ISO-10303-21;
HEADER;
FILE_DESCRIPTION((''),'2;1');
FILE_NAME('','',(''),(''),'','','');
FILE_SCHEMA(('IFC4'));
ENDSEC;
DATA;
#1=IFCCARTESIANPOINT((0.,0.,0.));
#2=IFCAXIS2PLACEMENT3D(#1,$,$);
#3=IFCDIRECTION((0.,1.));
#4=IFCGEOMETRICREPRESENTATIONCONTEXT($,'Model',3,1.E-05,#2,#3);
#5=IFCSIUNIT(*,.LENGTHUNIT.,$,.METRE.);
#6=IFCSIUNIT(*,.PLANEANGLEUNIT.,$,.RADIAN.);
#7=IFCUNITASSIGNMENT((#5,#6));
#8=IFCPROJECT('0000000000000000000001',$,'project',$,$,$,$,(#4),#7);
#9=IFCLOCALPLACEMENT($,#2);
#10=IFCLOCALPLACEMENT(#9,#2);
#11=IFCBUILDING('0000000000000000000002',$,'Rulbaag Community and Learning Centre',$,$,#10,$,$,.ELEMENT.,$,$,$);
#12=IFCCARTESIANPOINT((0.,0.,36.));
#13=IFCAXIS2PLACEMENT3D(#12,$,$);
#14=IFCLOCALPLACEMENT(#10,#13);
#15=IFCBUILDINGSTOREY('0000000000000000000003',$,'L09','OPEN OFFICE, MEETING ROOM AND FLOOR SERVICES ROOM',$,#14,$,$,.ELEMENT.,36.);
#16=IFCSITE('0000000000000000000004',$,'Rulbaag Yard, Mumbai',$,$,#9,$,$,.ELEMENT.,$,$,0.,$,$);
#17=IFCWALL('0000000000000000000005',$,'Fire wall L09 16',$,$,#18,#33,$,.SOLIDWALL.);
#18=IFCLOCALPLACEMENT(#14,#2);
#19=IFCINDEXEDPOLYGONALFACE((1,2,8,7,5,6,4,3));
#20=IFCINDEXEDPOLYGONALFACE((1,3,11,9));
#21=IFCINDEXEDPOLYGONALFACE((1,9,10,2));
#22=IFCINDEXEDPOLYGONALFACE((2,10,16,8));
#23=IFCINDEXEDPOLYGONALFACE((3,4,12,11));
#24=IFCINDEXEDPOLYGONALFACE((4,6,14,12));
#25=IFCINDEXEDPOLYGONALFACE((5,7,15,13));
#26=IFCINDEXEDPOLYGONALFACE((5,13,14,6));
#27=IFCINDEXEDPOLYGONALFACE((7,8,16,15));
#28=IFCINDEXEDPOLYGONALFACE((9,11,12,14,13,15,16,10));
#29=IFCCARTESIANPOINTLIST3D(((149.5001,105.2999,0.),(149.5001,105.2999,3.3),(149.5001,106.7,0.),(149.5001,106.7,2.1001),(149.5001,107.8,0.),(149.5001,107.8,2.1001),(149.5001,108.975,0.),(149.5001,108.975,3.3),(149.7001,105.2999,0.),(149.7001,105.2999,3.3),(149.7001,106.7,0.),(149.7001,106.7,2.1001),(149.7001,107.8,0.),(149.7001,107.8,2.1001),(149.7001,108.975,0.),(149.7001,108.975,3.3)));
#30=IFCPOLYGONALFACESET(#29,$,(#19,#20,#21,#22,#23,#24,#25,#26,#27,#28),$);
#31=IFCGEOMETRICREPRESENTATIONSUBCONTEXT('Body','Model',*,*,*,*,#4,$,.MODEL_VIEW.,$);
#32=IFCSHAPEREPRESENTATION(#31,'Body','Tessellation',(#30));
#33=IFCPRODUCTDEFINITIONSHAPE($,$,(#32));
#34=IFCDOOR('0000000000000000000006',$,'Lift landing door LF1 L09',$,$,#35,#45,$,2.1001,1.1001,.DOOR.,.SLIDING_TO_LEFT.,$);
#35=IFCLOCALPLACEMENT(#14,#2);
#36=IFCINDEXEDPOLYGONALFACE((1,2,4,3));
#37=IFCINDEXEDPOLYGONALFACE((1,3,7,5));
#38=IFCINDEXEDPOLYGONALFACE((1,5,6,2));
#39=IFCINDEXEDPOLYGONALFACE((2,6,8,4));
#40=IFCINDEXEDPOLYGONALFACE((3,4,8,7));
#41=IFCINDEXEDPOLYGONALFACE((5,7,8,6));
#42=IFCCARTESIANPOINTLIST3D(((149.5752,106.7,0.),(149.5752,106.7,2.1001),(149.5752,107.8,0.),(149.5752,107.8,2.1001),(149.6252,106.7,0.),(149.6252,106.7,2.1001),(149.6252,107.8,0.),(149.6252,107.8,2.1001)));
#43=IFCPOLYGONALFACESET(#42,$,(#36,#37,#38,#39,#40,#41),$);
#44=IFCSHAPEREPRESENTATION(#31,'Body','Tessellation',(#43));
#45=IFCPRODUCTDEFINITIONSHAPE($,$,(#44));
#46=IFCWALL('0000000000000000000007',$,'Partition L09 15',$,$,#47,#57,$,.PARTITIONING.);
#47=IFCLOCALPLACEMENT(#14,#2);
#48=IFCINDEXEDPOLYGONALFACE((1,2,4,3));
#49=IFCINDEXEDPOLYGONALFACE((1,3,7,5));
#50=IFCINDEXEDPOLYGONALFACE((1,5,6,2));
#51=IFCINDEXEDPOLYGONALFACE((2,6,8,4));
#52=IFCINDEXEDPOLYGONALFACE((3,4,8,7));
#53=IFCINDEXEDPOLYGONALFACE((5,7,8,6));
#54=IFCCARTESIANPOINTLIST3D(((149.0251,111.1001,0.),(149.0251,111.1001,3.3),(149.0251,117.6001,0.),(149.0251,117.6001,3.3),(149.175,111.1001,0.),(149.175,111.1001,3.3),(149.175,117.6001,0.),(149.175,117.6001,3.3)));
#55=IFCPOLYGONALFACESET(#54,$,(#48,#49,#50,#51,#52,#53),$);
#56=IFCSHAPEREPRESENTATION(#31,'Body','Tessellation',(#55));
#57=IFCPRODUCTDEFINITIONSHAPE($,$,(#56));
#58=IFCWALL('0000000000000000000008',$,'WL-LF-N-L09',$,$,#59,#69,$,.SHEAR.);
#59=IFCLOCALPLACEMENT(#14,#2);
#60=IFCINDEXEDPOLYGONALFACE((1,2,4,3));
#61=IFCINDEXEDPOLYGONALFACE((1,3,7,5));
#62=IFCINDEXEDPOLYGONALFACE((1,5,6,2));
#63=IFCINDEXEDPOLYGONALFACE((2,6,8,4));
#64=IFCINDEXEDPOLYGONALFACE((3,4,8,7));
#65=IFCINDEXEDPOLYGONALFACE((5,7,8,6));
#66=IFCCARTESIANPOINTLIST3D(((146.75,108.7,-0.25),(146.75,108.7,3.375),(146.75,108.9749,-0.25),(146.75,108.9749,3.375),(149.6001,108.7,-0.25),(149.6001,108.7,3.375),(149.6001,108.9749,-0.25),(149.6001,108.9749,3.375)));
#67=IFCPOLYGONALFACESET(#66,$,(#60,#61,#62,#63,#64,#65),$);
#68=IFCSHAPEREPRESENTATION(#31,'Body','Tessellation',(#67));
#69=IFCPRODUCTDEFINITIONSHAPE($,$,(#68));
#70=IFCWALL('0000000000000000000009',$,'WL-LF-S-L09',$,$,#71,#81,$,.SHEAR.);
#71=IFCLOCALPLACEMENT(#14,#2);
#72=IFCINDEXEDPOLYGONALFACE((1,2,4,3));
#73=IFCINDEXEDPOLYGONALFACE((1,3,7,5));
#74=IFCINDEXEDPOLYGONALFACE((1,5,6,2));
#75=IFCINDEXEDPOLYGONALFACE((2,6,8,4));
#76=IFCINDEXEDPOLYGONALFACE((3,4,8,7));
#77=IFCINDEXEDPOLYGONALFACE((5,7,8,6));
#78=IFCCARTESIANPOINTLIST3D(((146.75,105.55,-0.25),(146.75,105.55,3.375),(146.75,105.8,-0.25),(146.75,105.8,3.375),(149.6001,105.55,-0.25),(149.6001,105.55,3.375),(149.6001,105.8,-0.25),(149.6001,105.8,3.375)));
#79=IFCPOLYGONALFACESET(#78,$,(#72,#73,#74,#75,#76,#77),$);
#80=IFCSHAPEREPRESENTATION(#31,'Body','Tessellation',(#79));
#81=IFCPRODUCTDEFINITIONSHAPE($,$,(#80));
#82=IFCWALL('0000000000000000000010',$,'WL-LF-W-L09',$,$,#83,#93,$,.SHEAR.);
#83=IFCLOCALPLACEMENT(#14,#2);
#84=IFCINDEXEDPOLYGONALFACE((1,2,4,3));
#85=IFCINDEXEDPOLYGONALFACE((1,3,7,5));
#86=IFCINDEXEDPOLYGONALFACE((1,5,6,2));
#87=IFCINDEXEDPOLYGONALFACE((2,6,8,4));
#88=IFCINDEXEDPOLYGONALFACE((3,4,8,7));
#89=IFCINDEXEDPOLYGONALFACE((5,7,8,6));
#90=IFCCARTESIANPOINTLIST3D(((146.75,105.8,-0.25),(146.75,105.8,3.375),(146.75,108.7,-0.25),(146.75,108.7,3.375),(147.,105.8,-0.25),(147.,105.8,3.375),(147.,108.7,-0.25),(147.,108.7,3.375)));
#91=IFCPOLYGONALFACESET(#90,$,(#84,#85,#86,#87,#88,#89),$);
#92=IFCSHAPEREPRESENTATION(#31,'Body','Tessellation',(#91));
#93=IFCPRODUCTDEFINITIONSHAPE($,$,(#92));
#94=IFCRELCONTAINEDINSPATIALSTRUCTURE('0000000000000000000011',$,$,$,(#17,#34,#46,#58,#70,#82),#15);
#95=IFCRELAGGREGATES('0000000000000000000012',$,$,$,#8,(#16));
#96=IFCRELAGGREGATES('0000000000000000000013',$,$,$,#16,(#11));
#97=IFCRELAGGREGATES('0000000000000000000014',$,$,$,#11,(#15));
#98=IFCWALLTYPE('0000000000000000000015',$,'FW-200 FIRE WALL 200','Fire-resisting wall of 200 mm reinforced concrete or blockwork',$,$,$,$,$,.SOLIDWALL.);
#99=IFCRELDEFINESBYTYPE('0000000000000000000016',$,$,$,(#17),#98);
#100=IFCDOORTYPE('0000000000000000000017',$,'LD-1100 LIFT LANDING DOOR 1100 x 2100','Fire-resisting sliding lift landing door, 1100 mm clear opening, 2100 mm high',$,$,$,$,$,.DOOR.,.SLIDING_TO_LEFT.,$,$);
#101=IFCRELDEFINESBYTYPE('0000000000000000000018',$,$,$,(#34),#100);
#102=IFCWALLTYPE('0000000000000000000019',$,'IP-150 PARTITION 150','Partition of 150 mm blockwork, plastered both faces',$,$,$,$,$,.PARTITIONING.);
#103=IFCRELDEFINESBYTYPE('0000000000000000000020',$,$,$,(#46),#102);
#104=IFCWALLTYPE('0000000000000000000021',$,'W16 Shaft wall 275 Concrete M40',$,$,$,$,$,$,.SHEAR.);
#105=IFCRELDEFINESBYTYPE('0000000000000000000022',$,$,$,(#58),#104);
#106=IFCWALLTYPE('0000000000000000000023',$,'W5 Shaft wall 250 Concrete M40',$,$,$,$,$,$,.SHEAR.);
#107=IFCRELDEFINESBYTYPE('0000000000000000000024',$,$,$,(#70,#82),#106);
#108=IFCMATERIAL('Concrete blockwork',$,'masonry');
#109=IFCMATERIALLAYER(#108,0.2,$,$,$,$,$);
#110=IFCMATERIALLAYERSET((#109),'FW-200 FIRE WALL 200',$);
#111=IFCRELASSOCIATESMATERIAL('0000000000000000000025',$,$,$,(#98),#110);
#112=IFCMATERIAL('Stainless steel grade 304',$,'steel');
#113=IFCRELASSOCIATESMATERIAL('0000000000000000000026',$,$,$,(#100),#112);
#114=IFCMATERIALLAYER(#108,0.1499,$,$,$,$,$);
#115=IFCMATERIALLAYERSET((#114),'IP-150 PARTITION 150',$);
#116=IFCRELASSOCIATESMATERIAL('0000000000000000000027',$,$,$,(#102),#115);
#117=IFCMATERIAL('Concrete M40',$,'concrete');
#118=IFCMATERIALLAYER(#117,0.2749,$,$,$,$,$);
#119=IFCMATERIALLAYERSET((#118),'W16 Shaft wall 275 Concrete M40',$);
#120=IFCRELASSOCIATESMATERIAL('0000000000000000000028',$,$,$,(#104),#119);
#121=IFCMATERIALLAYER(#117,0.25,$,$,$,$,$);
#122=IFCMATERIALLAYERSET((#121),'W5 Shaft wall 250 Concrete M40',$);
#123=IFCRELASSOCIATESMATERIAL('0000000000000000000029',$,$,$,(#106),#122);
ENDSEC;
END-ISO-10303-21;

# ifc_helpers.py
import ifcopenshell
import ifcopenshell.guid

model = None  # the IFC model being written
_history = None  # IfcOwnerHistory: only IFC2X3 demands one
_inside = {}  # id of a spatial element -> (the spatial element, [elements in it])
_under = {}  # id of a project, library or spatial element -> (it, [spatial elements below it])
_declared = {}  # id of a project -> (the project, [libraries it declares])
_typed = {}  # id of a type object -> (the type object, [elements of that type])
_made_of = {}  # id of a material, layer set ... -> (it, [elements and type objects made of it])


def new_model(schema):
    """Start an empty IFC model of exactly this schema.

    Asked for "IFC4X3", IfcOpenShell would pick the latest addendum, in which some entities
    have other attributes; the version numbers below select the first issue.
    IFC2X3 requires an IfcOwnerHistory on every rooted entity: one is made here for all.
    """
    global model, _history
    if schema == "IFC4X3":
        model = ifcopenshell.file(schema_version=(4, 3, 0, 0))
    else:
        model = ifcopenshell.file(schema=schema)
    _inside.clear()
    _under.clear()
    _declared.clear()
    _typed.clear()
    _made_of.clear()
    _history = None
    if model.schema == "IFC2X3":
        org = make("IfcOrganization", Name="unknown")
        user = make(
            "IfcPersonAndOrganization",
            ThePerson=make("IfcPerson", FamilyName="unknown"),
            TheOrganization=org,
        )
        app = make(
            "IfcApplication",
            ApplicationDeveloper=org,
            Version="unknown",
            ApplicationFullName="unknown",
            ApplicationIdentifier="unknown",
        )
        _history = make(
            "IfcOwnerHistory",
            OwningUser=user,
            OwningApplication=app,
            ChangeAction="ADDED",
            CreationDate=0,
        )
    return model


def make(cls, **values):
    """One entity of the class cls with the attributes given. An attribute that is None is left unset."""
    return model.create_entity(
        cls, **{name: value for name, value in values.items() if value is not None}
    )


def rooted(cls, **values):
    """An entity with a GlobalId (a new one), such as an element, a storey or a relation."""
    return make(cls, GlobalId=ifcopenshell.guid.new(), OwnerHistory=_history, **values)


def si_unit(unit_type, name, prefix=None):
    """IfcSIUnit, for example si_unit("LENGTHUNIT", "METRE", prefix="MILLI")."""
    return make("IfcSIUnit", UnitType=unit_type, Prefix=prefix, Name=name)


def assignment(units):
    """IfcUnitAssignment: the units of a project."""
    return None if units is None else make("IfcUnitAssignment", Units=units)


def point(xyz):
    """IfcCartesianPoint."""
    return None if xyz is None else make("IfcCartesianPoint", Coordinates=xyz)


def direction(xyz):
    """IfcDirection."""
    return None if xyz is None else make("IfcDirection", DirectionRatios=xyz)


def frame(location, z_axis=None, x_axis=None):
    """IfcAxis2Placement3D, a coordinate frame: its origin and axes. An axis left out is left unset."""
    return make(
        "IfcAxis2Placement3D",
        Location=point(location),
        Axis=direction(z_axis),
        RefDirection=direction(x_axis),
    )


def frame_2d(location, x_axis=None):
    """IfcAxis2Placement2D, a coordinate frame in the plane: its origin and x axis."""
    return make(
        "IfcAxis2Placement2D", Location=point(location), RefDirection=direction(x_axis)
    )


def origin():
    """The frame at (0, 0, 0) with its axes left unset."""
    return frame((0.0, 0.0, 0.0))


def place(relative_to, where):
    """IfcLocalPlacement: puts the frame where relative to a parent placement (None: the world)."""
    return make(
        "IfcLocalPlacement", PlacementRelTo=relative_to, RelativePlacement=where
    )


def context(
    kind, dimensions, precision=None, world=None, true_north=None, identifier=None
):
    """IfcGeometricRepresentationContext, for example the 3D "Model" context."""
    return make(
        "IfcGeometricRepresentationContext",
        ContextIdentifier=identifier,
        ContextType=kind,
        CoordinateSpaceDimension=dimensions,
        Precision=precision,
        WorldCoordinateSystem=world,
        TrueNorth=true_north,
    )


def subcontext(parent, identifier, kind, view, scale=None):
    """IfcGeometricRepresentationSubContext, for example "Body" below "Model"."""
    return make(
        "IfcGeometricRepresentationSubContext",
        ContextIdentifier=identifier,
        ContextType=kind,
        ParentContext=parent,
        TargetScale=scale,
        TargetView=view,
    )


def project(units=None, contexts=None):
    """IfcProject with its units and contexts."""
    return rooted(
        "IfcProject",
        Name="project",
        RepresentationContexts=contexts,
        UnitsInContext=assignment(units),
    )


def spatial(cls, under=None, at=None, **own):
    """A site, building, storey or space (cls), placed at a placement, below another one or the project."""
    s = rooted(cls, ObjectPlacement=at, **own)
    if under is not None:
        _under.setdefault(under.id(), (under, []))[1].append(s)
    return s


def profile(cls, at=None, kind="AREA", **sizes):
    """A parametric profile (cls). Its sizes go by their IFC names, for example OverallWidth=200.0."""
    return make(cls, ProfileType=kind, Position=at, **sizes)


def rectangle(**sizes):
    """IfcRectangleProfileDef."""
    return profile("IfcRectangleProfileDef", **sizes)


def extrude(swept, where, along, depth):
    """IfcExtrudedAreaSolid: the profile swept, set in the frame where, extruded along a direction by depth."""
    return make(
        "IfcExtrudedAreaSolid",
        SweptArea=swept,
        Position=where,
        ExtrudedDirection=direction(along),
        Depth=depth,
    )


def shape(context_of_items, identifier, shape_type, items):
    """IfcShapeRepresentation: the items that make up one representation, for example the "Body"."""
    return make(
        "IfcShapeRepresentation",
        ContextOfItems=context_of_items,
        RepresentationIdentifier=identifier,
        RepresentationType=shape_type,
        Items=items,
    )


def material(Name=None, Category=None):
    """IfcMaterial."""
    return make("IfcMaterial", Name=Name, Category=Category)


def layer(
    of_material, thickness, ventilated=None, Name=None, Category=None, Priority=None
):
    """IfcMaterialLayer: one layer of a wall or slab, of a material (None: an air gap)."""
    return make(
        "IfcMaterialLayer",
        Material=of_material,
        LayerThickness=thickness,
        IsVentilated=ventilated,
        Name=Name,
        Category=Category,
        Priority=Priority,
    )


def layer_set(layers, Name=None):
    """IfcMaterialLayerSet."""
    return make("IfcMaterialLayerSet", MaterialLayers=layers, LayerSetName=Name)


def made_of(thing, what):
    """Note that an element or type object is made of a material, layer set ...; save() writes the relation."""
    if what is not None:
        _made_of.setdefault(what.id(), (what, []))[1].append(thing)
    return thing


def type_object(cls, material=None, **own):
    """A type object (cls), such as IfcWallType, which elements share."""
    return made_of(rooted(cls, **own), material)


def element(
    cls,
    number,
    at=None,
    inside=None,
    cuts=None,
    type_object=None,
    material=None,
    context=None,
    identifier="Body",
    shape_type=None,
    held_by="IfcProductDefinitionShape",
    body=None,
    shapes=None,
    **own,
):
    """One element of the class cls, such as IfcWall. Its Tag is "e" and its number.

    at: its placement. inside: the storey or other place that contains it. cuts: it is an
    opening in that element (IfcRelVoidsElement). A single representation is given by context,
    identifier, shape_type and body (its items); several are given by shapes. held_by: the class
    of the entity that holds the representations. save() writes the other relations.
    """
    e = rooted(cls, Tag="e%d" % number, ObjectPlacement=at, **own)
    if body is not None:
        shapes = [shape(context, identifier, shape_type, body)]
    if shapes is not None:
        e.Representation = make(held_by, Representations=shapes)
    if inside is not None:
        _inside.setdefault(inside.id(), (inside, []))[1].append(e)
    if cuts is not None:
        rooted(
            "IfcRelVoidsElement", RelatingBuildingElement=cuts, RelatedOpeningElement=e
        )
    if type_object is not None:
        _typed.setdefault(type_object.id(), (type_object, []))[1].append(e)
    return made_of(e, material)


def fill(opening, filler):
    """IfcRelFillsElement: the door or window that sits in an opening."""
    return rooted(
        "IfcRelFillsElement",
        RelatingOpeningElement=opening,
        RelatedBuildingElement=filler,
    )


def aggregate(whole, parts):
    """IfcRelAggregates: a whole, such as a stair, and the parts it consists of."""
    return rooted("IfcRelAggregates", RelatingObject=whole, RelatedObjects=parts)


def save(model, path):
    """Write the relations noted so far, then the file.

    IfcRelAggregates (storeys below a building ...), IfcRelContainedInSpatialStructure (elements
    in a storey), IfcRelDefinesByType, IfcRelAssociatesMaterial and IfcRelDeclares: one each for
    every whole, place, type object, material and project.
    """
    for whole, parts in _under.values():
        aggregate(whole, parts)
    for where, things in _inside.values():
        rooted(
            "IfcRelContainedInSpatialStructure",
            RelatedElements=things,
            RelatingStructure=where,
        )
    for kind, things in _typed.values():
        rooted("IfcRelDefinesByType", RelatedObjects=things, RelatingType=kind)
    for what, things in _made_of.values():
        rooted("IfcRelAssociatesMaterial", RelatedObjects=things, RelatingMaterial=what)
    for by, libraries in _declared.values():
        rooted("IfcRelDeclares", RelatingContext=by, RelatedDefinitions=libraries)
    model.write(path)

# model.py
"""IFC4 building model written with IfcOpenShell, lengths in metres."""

from ifc_helpers import new_model, si_unit, direction, frame, frame_2d, origin, place, context, subcontext, project, spatial, rectangle, extrude, material, layer, layer_set, type_object, element, fill, save


model = new_model("IFC4")

# Units and contexts
model_context = context("Model", 3, precision=1e-05, world=origin(), true_north=direction((0.0, 1.0)))
body_context = subcontext(model_context, "Body", "Model", "MODEL_VIEW")
ifc_project = project(units=[si_unit("LENGTHUNIT", "METRE"), si_unit("PLANEANGLEUNIT", "RADIAN")], contexts=[model_context])

# Site, building, storey
site_placement = place(None, origin())
site = spatial("IfcSite", under=ifc_project, at=site_placement, Name="Rulbaag Yard, Mumbai", CompositionType="ELEMENT", RefElevation=0.0)
building_placement = place(site_placement, origin())
building = spatial("IfcBuilding", under=site, at=building_placement, Name="Rulbaag Community and Learning Centre", CompositionType="ELEMENT")
storey_placement = place(building_placement, frame((0.0, 0.0, 36.0)))
storey = spatial("IfcBuildingStorey", under=building, at=storey_placement, Name="L09", Description="OPEN OFFICE, MEETING ROOM AND FLOOR SERVICES ROOM", CompositionType="ELEMENT", Elevation=36.0)

# Shared definitions
ifc_material_1 = material(Name="Concrete M40", Category="concrete")

# Shared definitions
ifc_material_2 = material(Name="Concrete blockwork", Category="masonry")
ifc_layer_1 = layer(ifc_material_2, 0.2)
ifc_layer_set_1 = layer_set([ifc_layer_1], Name="FW-200 FIRE WALL 200")
wall_type_1 = type_object("IfcWallType", Name="FW-200 FIRE WALL 200", Description="Fire-resisting wall of 200 mm reinforced concrete or blockwork", PredefinedType="SOLIDWALL", material=ifc_layer_set_1)

# Wall, opening, door
wall_1_placement = place(storey_placement, frame((149.6001, 105.3, 0.0), z_axis=(0.0, 0.0, 1.0), x_axis=(0.0, 1.0, 0.0)))
wall_1 = element("IfcWall", 1, at=wall_1_placement, inside=storey, type_object=wall_type_1, Name="Fire wall L09 16", PredefinedType="SOLIDWALL", context=body_context, shape_type="SweptSolid", body=[
    extrude(rectangle(XDim=3.675, YDim=0.2, at=frame_2d((1.8374, 0.0))), origin(), (0.0, 0.0, 1.0), 3.3),
])
opening_1_placement = place(wall_1_placement, frame((1.3999, 0.0, 0.0)))
opening_1 = element("IfcOpeningElement", 2, at=opening_1_placement, cuts=wall_1, PredefinedType="OPENING", context=body_context, shape_type="SweptSolid", body=[
    extrude(rectangle(XDim=1.1001, YDim=2.1001, at=frame_2d((0.55, 1.05))), frame((0.0, 0.1099, 0.0), z_axis=(0.0, -1.0, 0.0), x_axis=(1.0, 0.0, 0.0)), (0.0, 0.0, 1.0), 0.22),
])
ifc_material_3 = material(Name="Stainless steel grade 304", Category="steel")
door_type_1 = type_object("IfcDoorType", Name="LD-1100 LIFT LANDING DOOR 1100 x 2100", Description="Fire-resisting sliding lift landing door, 1100 mm clear opening, 2100 mm high", OperationType="SLIDING_TO_LEFT", PredefinedType="DOOR", material=ifc_material_3)
door_1_placement = place(opening_1_placement, origin())
door_1 = element("IfcDoor", 3, at=door_1_placement, inside=storey, type_object=door_type_1, Name="Lift landing door LF1 L09", OperationType="SLIDING_TO_LEFT", OverallHeight=2.1001, OverallWidth=1.1001, PredefinedType="DOOR", context=body_context, shape_type="SweptSolid", body=[
    extrude(rectangle(XDim=1.1001, YDim=2.1001, at=frame_2d((0.55, 1.05))), frame((0.0, 0.0249, 0.0), z_axis=(0.0, -1.0, 0.0), x_axis=(1.0, 0.0, 0.0)), (0.0, 0.0, 1.0), 0.05),
])
fill(opening_1, door_1)

# Walls
ifc_layer_2 = layer(ifc_material_2, 0.1499)
ifc_layer_set_2 = layer_set([ifc_layer_2], Name="IP-150 PARTITION 150")
wall_type_2 = type_object("IfcWallType", Name="IP-150 PARTITION 150", Description="Partition of 150 mm blockwork, plastered both faces", PredefinedType="PARTITIONING", material=ifc_layer_set_2)
wall_2_placement = place(storey_placement, frame((149.1001, 111.1001, 0.0), z_axis=(0.0, 0.0, 1.0), x_axis=(0.0, 1.0, 0.0)))
element("IfcWall", 4, at=wall_2_placement, inside=storey, type_object=wall_type_2, Name="Partition L09 15", PredefinedType="PARTITIONING", context=body_context, shape_type="SweptSolid", body=[
    extrude(rectangle(XDim=6.5, YDim=0.1499, at=frame_2d((3.25, 0.0))), origin(), (0.0, 0.0, 1.0), 3.3),
])
ifc_layer_3 = layer(ifc_material_1, 0.2749)
ifc_layer_set_3 = layer_set([ifc_layer_3], Name="W16 Shaft wall 275 Concrete M40")
wall_type_3 = type_object("IfcWallType", Name="W16 Shaft wall 275 Concrete M40", PredefinedType="SHEAR", material=ifc_layer_set_3)
wall_3_placement = place(storey_placement, frame((146.75, 108.8374, -0.25), z_axis=(0.0, 0.0, 1.0), x_axis=(1.0, 0.0, 0.0)))
element("IfcWall", 5, at=wall_3_placement, inside=storey, type_object=wall_type_3, Name="WL-LF-N-L09", PredefinedType="SHEAR", context=body_context, shape_type="SweptSolid", body=[
    extrude(rectangle(XDim=2.8501, YDim=0.2749, at=frame_2d((1.425, 0.0))), origin(), (0.0, 0.0, 1.0), 3.625),
])
ifc_layer_4 = layer(ifc_material_1, 0.25)
ifc_layer_set_4 = layer_set([ifc_layer_4], Name="W5 Shaft wall 250 Concrete M40")
wall_type_4 = type_object("IfcWallType", Name="W5 Shaft wall 250 Concrete M40", PredefinedType="SHEAR", material=ifc_layer_set_4)
wall_4_placement = place(storey_placement, frame((146.75, 105.675, -0.25), z_axis=(0.0, 0.0, 1.0), x_axis=(1.0, 0.0, 0.0)))
element("IfcWall", 6, at=wall_4_placement, inside=storey, type_object=wall_type_4, Name="WL-LF-S-L09", PredefinedType="SHEAR", context=body_context, shape_type="SweptSolid", body=[
    extrude(rectangle(XDim=2.8501, YDim=0.25, at=frame_2d((1.425, 0.0))), origin(), (0.0, 0.0, 1.0), 3.625),
])
wall_5_placement = place(storey_placement, frame((146.875, 105.8, -0.25), z_axis=(0.0, 0.0, 1.0), x_axis=(0.0, 1.0, 0.0)))
element("IfcWall", 7, at=wall_5_placement, inside=storey, type_object=wall_type_4, Name="WL-LF-W-L09", PredefinedType="SHEAR", context=body_context, shape_type="SweptSolid", body=[
    extrude(rectangle(XDim=2.8999, YDim=0.25, at=frame_2d((1.45, 0.0))), origin(), (0.0, 0.0, 1.0), 3.625),
])

save(model, "model.ifc")
